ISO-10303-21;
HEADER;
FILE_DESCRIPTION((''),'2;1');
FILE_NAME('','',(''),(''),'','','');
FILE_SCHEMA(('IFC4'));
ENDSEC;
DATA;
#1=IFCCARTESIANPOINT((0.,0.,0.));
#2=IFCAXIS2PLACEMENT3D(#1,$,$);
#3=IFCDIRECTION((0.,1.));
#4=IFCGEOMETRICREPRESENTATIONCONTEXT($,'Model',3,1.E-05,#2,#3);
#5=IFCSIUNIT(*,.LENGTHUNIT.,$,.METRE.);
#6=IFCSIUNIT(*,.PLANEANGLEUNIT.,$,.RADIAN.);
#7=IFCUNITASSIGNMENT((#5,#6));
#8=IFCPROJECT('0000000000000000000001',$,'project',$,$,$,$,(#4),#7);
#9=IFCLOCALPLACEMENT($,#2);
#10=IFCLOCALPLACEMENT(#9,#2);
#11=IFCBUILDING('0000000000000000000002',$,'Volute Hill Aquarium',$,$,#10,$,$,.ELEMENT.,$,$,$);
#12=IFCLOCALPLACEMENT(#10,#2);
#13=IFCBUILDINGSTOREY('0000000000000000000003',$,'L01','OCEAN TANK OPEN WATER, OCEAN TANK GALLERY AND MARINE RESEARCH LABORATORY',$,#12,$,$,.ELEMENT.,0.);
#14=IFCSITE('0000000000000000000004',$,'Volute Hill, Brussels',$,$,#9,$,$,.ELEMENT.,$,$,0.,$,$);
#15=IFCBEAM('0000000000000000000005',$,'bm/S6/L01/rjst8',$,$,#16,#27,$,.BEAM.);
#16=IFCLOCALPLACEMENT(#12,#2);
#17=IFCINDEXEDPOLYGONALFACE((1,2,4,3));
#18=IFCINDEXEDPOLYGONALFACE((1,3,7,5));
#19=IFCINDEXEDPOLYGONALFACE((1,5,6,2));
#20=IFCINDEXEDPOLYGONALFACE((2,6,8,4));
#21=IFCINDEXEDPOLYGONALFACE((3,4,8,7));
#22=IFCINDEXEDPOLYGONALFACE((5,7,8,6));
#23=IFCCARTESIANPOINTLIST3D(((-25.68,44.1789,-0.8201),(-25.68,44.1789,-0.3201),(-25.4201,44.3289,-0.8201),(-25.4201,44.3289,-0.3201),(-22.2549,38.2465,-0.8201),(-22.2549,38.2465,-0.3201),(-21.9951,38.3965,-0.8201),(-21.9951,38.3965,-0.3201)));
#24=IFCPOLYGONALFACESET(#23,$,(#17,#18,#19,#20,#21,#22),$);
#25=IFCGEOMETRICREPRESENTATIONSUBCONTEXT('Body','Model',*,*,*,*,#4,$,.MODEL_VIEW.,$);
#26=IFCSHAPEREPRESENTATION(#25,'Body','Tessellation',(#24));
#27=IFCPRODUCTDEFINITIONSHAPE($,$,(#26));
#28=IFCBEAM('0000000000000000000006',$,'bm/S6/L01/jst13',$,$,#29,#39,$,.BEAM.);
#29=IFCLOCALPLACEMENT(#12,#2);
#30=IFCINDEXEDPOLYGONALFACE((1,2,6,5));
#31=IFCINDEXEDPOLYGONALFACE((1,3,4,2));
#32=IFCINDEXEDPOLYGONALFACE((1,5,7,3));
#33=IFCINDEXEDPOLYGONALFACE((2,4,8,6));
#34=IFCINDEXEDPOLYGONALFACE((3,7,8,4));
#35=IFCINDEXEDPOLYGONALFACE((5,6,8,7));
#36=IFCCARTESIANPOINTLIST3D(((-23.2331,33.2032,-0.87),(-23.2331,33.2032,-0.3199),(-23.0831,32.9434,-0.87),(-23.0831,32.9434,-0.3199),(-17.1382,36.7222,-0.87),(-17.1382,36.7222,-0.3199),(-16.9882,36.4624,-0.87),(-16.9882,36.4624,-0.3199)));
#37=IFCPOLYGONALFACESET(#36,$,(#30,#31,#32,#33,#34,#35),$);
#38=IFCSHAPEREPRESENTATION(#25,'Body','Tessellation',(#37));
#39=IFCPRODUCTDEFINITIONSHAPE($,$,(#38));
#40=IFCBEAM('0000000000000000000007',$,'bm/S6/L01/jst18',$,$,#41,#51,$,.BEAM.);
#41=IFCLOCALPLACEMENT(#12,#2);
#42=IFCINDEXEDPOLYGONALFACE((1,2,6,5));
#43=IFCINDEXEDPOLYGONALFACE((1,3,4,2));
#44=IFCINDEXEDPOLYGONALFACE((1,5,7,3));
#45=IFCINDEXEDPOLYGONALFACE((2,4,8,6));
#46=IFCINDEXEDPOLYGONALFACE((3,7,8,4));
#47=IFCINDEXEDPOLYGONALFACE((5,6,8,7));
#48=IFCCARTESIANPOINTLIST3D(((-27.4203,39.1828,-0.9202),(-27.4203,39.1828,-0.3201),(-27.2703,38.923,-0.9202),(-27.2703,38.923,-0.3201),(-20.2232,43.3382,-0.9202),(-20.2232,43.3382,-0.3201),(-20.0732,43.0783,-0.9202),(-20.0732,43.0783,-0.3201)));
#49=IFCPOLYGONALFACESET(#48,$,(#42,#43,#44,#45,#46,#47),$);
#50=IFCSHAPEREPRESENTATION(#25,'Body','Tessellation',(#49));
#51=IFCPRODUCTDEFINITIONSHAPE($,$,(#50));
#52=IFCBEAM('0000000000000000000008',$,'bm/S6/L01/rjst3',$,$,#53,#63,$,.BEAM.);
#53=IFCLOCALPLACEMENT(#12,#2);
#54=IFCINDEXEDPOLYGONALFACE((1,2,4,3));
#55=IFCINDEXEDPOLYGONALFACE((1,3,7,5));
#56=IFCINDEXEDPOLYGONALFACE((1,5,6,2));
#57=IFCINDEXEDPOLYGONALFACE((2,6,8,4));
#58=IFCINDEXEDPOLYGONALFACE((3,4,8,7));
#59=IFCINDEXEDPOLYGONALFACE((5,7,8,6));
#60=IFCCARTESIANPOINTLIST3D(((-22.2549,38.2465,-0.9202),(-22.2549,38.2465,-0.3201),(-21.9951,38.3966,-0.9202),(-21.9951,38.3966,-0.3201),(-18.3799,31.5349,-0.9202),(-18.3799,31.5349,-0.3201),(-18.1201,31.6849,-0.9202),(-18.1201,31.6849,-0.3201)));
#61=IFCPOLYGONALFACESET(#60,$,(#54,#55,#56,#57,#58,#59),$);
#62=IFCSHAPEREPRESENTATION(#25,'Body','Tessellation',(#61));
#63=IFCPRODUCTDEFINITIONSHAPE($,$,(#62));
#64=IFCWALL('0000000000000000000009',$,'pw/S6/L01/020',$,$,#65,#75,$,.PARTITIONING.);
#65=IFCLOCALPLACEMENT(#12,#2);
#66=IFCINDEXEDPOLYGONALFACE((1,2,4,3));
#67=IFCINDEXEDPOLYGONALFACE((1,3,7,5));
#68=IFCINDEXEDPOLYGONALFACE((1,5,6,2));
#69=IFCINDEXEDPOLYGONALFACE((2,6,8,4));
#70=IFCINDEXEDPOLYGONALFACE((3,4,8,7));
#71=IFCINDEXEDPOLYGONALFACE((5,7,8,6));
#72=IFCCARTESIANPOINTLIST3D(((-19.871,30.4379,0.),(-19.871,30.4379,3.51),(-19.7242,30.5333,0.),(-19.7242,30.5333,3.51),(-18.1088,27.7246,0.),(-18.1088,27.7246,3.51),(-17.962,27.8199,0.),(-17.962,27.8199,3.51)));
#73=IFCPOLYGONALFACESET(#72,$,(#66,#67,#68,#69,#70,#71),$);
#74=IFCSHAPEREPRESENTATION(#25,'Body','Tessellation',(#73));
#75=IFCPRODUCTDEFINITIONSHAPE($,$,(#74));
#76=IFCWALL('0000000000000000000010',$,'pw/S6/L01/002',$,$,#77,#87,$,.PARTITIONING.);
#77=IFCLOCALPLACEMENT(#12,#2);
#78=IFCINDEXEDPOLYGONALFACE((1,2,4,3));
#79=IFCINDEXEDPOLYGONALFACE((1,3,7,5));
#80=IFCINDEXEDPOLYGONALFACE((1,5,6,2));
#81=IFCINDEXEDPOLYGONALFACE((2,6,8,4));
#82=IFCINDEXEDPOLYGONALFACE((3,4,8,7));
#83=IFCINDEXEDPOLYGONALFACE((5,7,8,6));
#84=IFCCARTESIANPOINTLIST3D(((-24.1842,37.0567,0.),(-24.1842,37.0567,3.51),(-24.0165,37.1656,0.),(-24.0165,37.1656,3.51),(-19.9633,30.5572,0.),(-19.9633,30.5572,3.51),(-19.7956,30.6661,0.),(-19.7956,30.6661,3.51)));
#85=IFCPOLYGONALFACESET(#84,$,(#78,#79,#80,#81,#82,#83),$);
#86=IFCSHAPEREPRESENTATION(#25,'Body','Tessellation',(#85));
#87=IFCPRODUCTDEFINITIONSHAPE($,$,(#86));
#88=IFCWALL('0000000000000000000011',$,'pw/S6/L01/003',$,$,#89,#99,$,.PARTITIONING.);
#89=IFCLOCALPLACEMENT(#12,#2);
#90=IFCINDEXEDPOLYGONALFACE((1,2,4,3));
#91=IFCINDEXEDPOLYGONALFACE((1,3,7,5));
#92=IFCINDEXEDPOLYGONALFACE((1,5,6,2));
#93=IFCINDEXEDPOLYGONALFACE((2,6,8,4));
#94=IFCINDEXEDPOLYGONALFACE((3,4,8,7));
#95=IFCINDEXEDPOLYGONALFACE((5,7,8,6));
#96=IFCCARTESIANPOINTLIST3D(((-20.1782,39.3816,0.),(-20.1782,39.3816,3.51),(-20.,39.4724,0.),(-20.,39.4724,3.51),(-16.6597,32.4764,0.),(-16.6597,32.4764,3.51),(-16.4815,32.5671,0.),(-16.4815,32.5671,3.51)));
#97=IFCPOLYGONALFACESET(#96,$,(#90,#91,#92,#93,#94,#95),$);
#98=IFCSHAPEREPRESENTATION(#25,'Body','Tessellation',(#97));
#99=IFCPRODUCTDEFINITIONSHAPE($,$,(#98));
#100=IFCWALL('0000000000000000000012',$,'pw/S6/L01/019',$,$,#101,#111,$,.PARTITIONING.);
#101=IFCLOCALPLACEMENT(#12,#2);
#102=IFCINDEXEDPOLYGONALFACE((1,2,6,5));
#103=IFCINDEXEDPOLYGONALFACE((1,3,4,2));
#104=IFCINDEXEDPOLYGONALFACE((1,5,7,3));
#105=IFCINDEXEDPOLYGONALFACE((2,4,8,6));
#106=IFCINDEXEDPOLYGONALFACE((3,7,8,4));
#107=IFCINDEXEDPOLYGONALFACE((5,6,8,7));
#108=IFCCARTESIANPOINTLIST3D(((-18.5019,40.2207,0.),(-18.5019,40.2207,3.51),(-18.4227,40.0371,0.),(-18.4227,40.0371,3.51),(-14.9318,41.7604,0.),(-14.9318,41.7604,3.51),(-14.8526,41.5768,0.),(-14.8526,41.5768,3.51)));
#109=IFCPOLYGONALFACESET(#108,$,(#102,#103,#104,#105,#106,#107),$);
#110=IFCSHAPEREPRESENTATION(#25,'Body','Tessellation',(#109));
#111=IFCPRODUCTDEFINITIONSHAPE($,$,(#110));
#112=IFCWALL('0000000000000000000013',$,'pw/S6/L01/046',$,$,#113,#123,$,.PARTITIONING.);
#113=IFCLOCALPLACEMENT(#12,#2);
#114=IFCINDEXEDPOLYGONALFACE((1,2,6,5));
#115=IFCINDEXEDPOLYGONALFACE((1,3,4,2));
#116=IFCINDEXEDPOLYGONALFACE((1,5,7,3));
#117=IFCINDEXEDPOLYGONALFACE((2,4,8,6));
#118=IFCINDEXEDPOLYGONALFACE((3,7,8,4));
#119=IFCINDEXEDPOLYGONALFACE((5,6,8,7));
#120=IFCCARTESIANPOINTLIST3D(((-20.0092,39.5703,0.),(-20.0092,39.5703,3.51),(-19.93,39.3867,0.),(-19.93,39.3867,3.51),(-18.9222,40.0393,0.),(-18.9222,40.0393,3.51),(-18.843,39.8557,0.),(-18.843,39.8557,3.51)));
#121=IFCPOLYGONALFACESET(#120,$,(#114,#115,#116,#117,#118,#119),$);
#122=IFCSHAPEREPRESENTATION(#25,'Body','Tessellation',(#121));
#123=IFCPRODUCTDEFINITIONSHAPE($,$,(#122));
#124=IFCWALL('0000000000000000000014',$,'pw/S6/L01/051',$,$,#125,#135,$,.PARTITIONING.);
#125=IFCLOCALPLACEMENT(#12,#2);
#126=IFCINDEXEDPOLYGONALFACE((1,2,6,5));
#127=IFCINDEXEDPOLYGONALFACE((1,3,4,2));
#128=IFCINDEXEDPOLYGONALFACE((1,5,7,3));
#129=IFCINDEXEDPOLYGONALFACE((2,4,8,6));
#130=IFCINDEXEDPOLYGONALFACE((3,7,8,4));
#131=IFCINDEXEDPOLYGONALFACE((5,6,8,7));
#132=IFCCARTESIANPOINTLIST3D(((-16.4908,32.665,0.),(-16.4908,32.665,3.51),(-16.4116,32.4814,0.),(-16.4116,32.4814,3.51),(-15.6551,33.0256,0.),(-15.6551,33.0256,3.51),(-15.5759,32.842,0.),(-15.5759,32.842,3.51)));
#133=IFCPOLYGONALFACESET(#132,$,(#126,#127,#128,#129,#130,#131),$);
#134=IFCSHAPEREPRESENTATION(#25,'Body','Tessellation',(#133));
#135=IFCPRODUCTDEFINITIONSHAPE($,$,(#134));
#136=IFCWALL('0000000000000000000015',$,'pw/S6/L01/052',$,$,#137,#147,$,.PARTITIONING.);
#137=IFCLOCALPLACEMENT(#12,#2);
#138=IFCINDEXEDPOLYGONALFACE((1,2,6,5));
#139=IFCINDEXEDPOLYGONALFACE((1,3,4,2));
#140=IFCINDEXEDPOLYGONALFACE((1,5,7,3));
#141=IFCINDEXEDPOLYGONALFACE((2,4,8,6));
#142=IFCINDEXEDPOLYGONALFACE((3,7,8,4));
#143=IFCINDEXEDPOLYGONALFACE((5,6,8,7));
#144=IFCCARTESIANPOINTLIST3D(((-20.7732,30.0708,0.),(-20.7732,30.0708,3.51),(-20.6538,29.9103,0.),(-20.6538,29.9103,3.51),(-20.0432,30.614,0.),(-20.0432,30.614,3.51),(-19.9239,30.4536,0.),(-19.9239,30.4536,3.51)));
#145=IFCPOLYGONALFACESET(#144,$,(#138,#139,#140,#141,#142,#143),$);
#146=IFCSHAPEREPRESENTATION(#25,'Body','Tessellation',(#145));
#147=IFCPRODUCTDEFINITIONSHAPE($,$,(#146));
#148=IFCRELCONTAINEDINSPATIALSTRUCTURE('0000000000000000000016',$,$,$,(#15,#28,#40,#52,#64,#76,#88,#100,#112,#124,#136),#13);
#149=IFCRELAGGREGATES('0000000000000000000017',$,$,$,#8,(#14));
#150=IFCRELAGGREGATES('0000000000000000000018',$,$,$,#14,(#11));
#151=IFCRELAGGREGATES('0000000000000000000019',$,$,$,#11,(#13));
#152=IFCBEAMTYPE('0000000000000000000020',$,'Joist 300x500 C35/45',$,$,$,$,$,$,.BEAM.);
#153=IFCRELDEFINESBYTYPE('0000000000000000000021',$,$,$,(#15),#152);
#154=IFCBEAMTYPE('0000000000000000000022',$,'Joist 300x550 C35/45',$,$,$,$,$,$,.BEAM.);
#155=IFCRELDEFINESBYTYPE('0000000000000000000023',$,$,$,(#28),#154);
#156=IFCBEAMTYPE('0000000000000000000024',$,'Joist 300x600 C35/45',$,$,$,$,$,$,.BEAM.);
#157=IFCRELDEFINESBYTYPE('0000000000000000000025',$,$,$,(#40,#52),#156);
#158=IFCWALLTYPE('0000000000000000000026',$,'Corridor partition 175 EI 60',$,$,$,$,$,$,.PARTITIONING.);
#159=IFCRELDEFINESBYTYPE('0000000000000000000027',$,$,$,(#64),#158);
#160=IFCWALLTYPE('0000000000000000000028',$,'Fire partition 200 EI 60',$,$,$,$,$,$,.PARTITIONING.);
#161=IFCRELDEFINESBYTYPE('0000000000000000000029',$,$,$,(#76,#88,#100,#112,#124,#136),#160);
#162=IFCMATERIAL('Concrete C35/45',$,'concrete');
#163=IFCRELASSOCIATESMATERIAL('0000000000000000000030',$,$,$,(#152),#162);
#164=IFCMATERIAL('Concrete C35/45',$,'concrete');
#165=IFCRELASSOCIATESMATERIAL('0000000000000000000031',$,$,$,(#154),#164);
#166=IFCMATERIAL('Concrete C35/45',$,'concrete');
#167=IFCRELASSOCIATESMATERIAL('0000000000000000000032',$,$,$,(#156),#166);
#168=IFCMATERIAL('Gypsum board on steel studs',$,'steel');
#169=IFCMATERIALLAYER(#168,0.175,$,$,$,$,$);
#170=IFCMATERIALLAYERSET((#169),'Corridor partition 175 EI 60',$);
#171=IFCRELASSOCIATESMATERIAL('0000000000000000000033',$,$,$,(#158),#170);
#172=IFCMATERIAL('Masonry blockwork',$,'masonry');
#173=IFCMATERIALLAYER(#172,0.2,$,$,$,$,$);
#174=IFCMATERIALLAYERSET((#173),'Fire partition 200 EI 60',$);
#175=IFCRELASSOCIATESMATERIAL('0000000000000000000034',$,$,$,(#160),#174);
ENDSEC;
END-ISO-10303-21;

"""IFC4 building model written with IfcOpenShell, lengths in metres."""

from ifc_helpers import new_model, si_unit, direction, frame, frame_2d, origin, origin_2d, place, context, subcontext, project, spatial, rectangle, extrude, material, layer, layer_set, material_profile, profile_set, type_object, element, save


model = new_model("IFC4")

# Units and contexts
model_context = context("Model", 3, precision=1e-05, world=origin(), true_north=direction((0.0, 1.0)))
body_context = subcontext(model_context, "Body", "Model", "MODEL_VIEW")
ifc_project = project(units=[si_unit("LENGTHUNIT", "METRE"), si_unit("PLANEANGLEUNIT", "RADIAN")], contexts=[model_context])

# Site, building, storey
site_placement = place(None, origin())
site = spatial("IfcSite", under=ifc_project, at=site_placement, Name="Volute Hill, Brussels", CompositionType="ELEMENT", RefElevation=0.0)
building_placement = place(site_placement, origin())
building = spatial("IfcBuilding", under=site, at=building_placement, Name="Volute Hill Aquarium", CompositionType="ELEMENT")
storey_placement = place(building_placement, origin())
storey = spatial("IfcBuildingStorey", under=building, at=storey_placement, Name="L01", Description="OCEAN TANK OPEN WATER, OCEAN TANK GALLERY AND MARINE RESEARCH LABORATORY", CompositionType="ELEMENT", Elevation=0.0)

# Beams
ifc_material_1 = material(Name="Concrete C35/45", Category="concrete")
ifc_material_profile_1 = material_profile(ifc_material_1, rectangle(XDim=0.3, YDim=0.5, at=origin_2d()), Name="RC joist 300x500")
ifc_profile_set_1 = profile_set([ifc_material_profile_1], Name="Concrete C35/45")
beam_type_1 = type_object("IfcBeamType", Name="Joist 300x500 C35/45", PredefinedType="BEAM", material=ifc_profile_set_1)
beam_1_placement = place(storey_placement, frame((-22.125, 38.3215, -0.5701), z_axis=(-0.499999, 0.866026, 0.0), x_axis=(-0.866026, -0.499999, 0.0)))
element("IfcBeam", 1, at=beam_1_placement, inside=storey, type_object=beam_type_1, Name="bm/S6/L01/rjst8", PredefinedType="BEAM", context=body_context, shape_type="SweptSolid", body=[
    extrude(rectangle(XDim=0.3, YDim=0.5, at=origin_2d()), origin(), (0.0, 0.0, 1.0), 6.8501),
])
ifc_material_2 = material(Name="Concrete C35/45", Category="concrete")
ifc_material_profile_2 = material_profile(ifc_material_2, rectangle(XDim=0.3, YDim=0.55, at=origin_2d()), Name="RC joist 300x550")
ifc_profile_set_2 = profile_set([ifc_material_profile_2], Name="Concrete C35/45")
beam_type_2 = type_object("IfcBeamType", Name="Joist 300x550 C35/45", PredefinedType="BEAM", material=ifc_profile_set_2)
beam_2_placement = place(storey_placement, frame((-17.0632, 36.5923, -0.595), z_axis=(-0.866019, -0.500012, 0.0), x_axis=(0.500012, -0.866019, 0.0)))
element("IfcBeam", 2, at=beam_2_placement, inside=storey, type_object=beam_type_2, Name="bm/S6/L01/jst13", PredefinedType="BEAM", context=body_context, shape_type="SweptSolid", body=[
    extrude(rectangle(XDim=0.3, YDim=0.55, at=origin_2d()), origin(), (0.0, 0.0, 1.0), 7.0378),
])
ifc_material_3 = material(Name="Concrete C35/45", Category="concrete")
ifc_material_profile_3 = material_profile(ifc_material_3, rectangle(XDim=0.3, YDim=0.6001, at=origin_2d()), Name="RC joist 300x600")
ifc_profile_set_3 = profile_set([ifc_material_profile_3], Name="Concrete C35/45")
beam_type_3 = type_object("IfcBeamType", Name="Joist 300x600 C35/45", PredefinedType="BEAM", material=ifc_profile_set_3)
beam_3_placement = place(storey_placement, frame((-20.1482, 43.2083, -0.6201), z_axis=(-0.866022, -0.500006, 0.0), x_axis=(0.500006, -0.866022, 0.0)))
element("IfcBeam", 3, at=beam_3_placement, inside=storey, type_object=beam_type_3, Name="bm/S6/L01/jst18", PredefinedType="BEAM", context=body_context, shape_type="SweptSolid", body=[
    extrude(rectangle(XDim=0.3, YDim=0.6001, at=origin_2d()), origin(), (0.0, 0.0, 1.0), 8.3105),
])
beam_4_placement = place(storey_placement, frame((-18.25, 31.6099, -0.6201), z_axis=(-0.500002, 0.866025, 0.0), x_axis=(-0.866025, -0.500002, 0.0)))
element("IfcBeam", 4, at=beam_4_placement, inside=storey, type_object=beam_type_3, Name="bm/S6/L01/rjst3", PredefinedType="BEAM", context=body_context, shape_type="SweptSolid", body=[
    extrude(rectangle(XDim=0.3, YDim=0.6001, at=origin_2d()), origin(), (0.0, 0.0, 1.0), 7.75),
])

# Walls
ifc_material_4 = material(Name="Gypsum board on steel studs", Category="steel")
ifc_layer_1 = layer(ifc_material_4, 0.175)
ifc_layer_set_1 = layer_set([ifc_layer_1], Name="Corridor partition 175 EI 60")
wall_type_1 = type_object("IfcWallType", Name="Corridor partition 175 EI 60", PredefinedType="PARTITIONING", material=ifc_layer_set_1)
wall_1_placement = place(storey_placement, frame((-19.7976, 30.4856, 0.0), z_axis=(0.0, 0.0, 1.0), x_axis=(0.544665, -0.838654, 0.0)))
element("IfcWall", 5, at=wall_1_placement, inside=storey, type_object=wall_type_1, Name="pw/S6/L01/020", PredefinedType="PARTITIONING", context=body_context, shape_type="SweptSolid", body=[
    extrude(rectangle(XDim=3.2354, YDim=0.175, at=frame_2d((1.6177, 0.0))), origin(), (0.0, 0.0, 1.0), 3.51),
])
ifc_material_5 = material(Name="Masonry blockwork", Category="masonry")
ifc_layer_2 = layer(ifc_material_5, 0.2)
ifc_layer_set_2 = layer_set([ifc_layer_2], Name="Fire partition 200 EI 60")
wall_type_2 = type_object("IfcWallType", Name="Fire partition 200 EI 60", PredefinedType="PARTITIONING", material=ifc_layer_set_2)
wall_2_placement = place(storey_placement, frame((-19.8794, 30.6116, 0.0), z_axis=(0.0, 0.0, 1.0), x_axis=(-0.544649, 0.838664, 0.0)))
element("IfcWall", 6, at=wall_2_placement, inside=storey, type_object=wall_type_2, Name="pw/S6/L01/002", PredefinedType="PARTITIONING", context=body_context, shape_type="SweptSolid", body=[
    extrude(rectangle(XDim=7.7498, YDim=0.2, at=frame_2d((3.875, 0.0))), origin(), (0.0, 0.0, 1.0), 3.51),
])
wall_3_placement = place(storey_placement, frame((-20.0891, 39.427, 0.0), z_axis=(0.0, 0.0, 1.0), x_axis=(0.454005, -0.890999, 0.0)))
element("IfcWall", 7, at=wall_3_placement, inside=storey, type_object=wall_type_2, Name="pw/S6/L01/003", PredefinedType="PARTITIONING", context=body_context, shape_type="SweptSolid", body=[
    extrude(rectangle(XDim=7.75, YDim=0.2, at=frame_2d((3.875, 0.0))), origin(), (0.0, 0.0, 1.0), 3.51),
])
wall_4_placement = place(storey_placement, frame((-18.4622, 40.1289, 0.0), z_axis=(0.0, 0.0, 1.0), x_axis=(0.918233, 0.39604, 0.0)))
element("IfcWall", 8, at=wall_4_placement, inside=storey, type_object=wall_type_2, Name="pw/S6/L01/019", PredefinedType="PARTITIONING", context=body_context, shape_type="SweptSolid", body=[
    extrude(rectangle(XDim=3.8879, YDim=0.2, at=frame_2d((1.9438, 0.0))), origin(), (0.0, 0.0, 1.0), 3.51),
])
wall_5_placement = place(storey_placement, frame((-19.9695, 39.4785, 0.0), z_axis=(0.0, 0.0, 1.0), x_axis=(0.918171, 0.396183, 0.0)))
element("IfcWall", 9, at=wall_5_placement, inside=storey, type_object=wall_type_2, Name="pw/S6/L01/046", PredefinedType="PARTITIONING", context=body_context, shape_type="SweptSolid", body=[
    extrude(rectangle(XDim=1.1838, YDim=0.2, at=frame_2d((0.5918, 0.0))), origin(), (0.0, 0.0, 1.0), 3.51),
])
wall_6_placement = place(storey_placement, frame((-16.4512, 32.5732, 0.0), z_axis=(0.0, 0.0, 1.0), x_axis=(0.918171, 0.396184, 0.0)))
element("IfcWall", 10, at=wall_6_placement, inside=storey, type_object=wall_type_2, Name="pw/S6/L01/051", PredefinedType="PARTITIONING", context=body_context, shape_type="SweptSolid", body=[
    extrude(rectangle(XDim=0.9102, YDim=0.2, at=frame_2d((0.4551, 0.0))), origin(), (0.0, 0.0, 1.0), 3.51),
])
wall_7_placement = place(storey_placement, frame((-20.7136, 29.9905, 0.0), z_axis=(0.0, 0.0, 1.0), x_axis=(0.802248, 0.596991, 0.0)))
element("IfcWall", 11, at=wall_7_placement, inside=storey, type_object=wall_type_2, Name="pw/S6/L01/052", PredefinedType="PARTITIONING", context=body_context, shape_type="SweptSolid", body=[
    extrude(rectangle(XDim=0.9099, YDim=0.2, at=frame_2d((0.4551, 0.0))), origin(), (0.0, 0.0, 1.0), 3.51),
])

save(model, "model.ifc")
